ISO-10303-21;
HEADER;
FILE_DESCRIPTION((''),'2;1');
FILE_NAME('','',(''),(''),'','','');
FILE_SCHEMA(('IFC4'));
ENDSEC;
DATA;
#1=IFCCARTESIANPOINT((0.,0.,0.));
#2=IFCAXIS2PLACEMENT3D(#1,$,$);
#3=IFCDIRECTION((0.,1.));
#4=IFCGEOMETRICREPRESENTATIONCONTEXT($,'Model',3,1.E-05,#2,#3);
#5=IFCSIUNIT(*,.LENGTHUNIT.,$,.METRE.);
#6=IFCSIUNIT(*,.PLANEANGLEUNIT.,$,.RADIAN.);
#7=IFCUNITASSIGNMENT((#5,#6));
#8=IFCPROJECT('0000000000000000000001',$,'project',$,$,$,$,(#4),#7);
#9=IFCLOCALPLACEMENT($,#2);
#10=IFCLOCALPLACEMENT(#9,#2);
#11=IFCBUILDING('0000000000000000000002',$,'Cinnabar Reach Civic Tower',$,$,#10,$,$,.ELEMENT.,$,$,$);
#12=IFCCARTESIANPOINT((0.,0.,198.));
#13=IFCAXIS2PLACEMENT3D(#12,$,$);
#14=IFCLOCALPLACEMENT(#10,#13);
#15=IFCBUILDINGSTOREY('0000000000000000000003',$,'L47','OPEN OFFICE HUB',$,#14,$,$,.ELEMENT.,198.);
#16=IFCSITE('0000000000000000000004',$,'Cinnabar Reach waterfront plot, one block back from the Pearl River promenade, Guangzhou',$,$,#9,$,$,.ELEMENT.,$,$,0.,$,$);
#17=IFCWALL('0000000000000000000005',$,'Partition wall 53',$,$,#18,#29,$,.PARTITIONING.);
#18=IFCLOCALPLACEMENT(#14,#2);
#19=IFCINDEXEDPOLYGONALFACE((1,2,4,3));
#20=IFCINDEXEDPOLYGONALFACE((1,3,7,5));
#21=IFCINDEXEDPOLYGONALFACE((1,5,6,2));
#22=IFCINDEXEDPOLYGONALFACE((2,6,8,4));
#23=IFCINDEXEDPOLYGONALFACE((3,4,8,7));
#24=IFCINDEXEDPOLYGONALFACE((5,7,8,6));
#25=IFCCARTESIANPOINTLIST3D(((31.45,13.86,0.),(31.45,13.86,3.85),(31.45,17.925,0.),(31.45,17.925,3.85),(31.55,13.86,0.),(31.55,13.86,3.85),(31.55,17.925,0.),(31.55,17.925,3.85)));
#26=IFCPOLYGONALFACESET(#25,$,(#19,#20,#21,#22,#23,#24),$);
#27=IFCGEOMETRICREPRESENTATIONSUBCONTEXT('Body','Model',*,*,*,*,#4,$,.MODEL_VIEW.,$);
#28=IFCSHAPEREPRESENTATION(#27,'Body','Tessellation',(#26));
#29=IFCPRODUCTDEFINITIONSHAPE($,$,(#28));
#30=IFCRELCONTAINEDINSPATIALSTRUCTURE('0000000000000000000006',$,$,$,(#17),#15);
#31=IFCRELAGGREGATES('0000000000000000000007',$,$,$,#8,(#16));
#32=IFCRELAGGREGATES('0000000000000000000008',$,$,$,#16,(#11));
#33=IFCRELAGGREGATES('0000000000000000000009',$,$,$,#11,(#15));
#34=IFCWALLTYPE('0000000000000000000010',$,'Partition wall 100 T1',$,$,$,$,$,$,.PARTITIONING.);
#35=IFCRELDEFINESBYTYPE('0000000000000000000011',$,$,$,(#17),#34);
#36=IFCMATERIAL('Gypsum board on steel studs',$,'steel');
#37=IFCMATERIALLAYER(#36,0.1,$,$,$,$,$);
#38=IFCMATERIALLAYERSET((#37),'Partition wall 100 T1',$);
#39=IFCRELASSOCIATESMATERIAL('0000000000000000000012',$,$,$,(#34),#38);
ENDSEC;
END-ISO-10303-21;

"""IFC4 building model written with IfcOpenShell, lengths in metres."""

from ifc_helpers import new_model, si_unit, direction, frame, frame_2d, origin, place, context, subcontext, project, spatial, rectangle, extrude, material, layer, layer_set, type_object, element, save


model = new_model("IFC4")

# Units and contexts
model_context = context("Model", 3, precision=1e-05, world=origin(), true_north=direction((0.0, 1.0)))
body_context = subcontext(model_context, "Body", "Model", "MODEL_VIEW")
ifc_project = project(units=[si_unit("LENGTHUNIT", "METRE"), si_unit("PLANEANGLEUNIT", "RADIAN")], contexts=[model_context])

# Site, building, storey
site_placement = place(None, origin())
site = spatial("IfcSite", under=ifc_project, at=site_placement, Name="Cinnabar Reach waterfront plot, one block back from the Pearl River promenade, Guangzhou", CompositionType="ELEMENT", RefElevation=0.0)
building_placement = place(site_placement, origin())
building = spatial("IfcBuilding", under=site, at=building_placement, Name="Cinnabar Reach Civic Tower", CompositionType="ELEMENT")
storey_placement = place(building_placement, frame((0.0, 0.0, 198.0)))
storey = spatial("IfcBuildingStorey", under=building, at=storey_placement, Name="L47", Description="OPEN OFFICE HUB", CompositionType="ELEMENT", Elevation=198.0)

# Wall
ifc_material_1 = material(Name="Gypsum board on steel studs", Category="steel")
ifc_layer_1 = layer(ifc_material_1, 0.1)
ifc_layer_set_1 = layer_set([ifc_layer_1], Name="Partition wall 100 T1")
wall_type_1 = type_object("IfcWallType", Name="Partition wall 100 T1", PredefinedType="PARTITIONING", material=ifc_layer_set_1)
wall_1_placement = place(storey_placement, frame((31.5, 13.86, 0.0), z_axis=(0.0, 0.0, 1.0), x_axis=(0.0, 1.0, 0.0)))
element("IfcWall", 1, at=wall_1_placement, inside=storey, type_object=wall_type_1, Name="Partition wall 53", PredefinedType="PARTITIONING", context=body_context, shape_type="SweptSolid", body=[
    extrude(rectangle(XDim=4.065, YDim=0.1, at=frame_2d((2.0325, 0.0))), origin(), (0.0, 0.0, 1.0), 3.85),
])

save(model, "model.ifc")
